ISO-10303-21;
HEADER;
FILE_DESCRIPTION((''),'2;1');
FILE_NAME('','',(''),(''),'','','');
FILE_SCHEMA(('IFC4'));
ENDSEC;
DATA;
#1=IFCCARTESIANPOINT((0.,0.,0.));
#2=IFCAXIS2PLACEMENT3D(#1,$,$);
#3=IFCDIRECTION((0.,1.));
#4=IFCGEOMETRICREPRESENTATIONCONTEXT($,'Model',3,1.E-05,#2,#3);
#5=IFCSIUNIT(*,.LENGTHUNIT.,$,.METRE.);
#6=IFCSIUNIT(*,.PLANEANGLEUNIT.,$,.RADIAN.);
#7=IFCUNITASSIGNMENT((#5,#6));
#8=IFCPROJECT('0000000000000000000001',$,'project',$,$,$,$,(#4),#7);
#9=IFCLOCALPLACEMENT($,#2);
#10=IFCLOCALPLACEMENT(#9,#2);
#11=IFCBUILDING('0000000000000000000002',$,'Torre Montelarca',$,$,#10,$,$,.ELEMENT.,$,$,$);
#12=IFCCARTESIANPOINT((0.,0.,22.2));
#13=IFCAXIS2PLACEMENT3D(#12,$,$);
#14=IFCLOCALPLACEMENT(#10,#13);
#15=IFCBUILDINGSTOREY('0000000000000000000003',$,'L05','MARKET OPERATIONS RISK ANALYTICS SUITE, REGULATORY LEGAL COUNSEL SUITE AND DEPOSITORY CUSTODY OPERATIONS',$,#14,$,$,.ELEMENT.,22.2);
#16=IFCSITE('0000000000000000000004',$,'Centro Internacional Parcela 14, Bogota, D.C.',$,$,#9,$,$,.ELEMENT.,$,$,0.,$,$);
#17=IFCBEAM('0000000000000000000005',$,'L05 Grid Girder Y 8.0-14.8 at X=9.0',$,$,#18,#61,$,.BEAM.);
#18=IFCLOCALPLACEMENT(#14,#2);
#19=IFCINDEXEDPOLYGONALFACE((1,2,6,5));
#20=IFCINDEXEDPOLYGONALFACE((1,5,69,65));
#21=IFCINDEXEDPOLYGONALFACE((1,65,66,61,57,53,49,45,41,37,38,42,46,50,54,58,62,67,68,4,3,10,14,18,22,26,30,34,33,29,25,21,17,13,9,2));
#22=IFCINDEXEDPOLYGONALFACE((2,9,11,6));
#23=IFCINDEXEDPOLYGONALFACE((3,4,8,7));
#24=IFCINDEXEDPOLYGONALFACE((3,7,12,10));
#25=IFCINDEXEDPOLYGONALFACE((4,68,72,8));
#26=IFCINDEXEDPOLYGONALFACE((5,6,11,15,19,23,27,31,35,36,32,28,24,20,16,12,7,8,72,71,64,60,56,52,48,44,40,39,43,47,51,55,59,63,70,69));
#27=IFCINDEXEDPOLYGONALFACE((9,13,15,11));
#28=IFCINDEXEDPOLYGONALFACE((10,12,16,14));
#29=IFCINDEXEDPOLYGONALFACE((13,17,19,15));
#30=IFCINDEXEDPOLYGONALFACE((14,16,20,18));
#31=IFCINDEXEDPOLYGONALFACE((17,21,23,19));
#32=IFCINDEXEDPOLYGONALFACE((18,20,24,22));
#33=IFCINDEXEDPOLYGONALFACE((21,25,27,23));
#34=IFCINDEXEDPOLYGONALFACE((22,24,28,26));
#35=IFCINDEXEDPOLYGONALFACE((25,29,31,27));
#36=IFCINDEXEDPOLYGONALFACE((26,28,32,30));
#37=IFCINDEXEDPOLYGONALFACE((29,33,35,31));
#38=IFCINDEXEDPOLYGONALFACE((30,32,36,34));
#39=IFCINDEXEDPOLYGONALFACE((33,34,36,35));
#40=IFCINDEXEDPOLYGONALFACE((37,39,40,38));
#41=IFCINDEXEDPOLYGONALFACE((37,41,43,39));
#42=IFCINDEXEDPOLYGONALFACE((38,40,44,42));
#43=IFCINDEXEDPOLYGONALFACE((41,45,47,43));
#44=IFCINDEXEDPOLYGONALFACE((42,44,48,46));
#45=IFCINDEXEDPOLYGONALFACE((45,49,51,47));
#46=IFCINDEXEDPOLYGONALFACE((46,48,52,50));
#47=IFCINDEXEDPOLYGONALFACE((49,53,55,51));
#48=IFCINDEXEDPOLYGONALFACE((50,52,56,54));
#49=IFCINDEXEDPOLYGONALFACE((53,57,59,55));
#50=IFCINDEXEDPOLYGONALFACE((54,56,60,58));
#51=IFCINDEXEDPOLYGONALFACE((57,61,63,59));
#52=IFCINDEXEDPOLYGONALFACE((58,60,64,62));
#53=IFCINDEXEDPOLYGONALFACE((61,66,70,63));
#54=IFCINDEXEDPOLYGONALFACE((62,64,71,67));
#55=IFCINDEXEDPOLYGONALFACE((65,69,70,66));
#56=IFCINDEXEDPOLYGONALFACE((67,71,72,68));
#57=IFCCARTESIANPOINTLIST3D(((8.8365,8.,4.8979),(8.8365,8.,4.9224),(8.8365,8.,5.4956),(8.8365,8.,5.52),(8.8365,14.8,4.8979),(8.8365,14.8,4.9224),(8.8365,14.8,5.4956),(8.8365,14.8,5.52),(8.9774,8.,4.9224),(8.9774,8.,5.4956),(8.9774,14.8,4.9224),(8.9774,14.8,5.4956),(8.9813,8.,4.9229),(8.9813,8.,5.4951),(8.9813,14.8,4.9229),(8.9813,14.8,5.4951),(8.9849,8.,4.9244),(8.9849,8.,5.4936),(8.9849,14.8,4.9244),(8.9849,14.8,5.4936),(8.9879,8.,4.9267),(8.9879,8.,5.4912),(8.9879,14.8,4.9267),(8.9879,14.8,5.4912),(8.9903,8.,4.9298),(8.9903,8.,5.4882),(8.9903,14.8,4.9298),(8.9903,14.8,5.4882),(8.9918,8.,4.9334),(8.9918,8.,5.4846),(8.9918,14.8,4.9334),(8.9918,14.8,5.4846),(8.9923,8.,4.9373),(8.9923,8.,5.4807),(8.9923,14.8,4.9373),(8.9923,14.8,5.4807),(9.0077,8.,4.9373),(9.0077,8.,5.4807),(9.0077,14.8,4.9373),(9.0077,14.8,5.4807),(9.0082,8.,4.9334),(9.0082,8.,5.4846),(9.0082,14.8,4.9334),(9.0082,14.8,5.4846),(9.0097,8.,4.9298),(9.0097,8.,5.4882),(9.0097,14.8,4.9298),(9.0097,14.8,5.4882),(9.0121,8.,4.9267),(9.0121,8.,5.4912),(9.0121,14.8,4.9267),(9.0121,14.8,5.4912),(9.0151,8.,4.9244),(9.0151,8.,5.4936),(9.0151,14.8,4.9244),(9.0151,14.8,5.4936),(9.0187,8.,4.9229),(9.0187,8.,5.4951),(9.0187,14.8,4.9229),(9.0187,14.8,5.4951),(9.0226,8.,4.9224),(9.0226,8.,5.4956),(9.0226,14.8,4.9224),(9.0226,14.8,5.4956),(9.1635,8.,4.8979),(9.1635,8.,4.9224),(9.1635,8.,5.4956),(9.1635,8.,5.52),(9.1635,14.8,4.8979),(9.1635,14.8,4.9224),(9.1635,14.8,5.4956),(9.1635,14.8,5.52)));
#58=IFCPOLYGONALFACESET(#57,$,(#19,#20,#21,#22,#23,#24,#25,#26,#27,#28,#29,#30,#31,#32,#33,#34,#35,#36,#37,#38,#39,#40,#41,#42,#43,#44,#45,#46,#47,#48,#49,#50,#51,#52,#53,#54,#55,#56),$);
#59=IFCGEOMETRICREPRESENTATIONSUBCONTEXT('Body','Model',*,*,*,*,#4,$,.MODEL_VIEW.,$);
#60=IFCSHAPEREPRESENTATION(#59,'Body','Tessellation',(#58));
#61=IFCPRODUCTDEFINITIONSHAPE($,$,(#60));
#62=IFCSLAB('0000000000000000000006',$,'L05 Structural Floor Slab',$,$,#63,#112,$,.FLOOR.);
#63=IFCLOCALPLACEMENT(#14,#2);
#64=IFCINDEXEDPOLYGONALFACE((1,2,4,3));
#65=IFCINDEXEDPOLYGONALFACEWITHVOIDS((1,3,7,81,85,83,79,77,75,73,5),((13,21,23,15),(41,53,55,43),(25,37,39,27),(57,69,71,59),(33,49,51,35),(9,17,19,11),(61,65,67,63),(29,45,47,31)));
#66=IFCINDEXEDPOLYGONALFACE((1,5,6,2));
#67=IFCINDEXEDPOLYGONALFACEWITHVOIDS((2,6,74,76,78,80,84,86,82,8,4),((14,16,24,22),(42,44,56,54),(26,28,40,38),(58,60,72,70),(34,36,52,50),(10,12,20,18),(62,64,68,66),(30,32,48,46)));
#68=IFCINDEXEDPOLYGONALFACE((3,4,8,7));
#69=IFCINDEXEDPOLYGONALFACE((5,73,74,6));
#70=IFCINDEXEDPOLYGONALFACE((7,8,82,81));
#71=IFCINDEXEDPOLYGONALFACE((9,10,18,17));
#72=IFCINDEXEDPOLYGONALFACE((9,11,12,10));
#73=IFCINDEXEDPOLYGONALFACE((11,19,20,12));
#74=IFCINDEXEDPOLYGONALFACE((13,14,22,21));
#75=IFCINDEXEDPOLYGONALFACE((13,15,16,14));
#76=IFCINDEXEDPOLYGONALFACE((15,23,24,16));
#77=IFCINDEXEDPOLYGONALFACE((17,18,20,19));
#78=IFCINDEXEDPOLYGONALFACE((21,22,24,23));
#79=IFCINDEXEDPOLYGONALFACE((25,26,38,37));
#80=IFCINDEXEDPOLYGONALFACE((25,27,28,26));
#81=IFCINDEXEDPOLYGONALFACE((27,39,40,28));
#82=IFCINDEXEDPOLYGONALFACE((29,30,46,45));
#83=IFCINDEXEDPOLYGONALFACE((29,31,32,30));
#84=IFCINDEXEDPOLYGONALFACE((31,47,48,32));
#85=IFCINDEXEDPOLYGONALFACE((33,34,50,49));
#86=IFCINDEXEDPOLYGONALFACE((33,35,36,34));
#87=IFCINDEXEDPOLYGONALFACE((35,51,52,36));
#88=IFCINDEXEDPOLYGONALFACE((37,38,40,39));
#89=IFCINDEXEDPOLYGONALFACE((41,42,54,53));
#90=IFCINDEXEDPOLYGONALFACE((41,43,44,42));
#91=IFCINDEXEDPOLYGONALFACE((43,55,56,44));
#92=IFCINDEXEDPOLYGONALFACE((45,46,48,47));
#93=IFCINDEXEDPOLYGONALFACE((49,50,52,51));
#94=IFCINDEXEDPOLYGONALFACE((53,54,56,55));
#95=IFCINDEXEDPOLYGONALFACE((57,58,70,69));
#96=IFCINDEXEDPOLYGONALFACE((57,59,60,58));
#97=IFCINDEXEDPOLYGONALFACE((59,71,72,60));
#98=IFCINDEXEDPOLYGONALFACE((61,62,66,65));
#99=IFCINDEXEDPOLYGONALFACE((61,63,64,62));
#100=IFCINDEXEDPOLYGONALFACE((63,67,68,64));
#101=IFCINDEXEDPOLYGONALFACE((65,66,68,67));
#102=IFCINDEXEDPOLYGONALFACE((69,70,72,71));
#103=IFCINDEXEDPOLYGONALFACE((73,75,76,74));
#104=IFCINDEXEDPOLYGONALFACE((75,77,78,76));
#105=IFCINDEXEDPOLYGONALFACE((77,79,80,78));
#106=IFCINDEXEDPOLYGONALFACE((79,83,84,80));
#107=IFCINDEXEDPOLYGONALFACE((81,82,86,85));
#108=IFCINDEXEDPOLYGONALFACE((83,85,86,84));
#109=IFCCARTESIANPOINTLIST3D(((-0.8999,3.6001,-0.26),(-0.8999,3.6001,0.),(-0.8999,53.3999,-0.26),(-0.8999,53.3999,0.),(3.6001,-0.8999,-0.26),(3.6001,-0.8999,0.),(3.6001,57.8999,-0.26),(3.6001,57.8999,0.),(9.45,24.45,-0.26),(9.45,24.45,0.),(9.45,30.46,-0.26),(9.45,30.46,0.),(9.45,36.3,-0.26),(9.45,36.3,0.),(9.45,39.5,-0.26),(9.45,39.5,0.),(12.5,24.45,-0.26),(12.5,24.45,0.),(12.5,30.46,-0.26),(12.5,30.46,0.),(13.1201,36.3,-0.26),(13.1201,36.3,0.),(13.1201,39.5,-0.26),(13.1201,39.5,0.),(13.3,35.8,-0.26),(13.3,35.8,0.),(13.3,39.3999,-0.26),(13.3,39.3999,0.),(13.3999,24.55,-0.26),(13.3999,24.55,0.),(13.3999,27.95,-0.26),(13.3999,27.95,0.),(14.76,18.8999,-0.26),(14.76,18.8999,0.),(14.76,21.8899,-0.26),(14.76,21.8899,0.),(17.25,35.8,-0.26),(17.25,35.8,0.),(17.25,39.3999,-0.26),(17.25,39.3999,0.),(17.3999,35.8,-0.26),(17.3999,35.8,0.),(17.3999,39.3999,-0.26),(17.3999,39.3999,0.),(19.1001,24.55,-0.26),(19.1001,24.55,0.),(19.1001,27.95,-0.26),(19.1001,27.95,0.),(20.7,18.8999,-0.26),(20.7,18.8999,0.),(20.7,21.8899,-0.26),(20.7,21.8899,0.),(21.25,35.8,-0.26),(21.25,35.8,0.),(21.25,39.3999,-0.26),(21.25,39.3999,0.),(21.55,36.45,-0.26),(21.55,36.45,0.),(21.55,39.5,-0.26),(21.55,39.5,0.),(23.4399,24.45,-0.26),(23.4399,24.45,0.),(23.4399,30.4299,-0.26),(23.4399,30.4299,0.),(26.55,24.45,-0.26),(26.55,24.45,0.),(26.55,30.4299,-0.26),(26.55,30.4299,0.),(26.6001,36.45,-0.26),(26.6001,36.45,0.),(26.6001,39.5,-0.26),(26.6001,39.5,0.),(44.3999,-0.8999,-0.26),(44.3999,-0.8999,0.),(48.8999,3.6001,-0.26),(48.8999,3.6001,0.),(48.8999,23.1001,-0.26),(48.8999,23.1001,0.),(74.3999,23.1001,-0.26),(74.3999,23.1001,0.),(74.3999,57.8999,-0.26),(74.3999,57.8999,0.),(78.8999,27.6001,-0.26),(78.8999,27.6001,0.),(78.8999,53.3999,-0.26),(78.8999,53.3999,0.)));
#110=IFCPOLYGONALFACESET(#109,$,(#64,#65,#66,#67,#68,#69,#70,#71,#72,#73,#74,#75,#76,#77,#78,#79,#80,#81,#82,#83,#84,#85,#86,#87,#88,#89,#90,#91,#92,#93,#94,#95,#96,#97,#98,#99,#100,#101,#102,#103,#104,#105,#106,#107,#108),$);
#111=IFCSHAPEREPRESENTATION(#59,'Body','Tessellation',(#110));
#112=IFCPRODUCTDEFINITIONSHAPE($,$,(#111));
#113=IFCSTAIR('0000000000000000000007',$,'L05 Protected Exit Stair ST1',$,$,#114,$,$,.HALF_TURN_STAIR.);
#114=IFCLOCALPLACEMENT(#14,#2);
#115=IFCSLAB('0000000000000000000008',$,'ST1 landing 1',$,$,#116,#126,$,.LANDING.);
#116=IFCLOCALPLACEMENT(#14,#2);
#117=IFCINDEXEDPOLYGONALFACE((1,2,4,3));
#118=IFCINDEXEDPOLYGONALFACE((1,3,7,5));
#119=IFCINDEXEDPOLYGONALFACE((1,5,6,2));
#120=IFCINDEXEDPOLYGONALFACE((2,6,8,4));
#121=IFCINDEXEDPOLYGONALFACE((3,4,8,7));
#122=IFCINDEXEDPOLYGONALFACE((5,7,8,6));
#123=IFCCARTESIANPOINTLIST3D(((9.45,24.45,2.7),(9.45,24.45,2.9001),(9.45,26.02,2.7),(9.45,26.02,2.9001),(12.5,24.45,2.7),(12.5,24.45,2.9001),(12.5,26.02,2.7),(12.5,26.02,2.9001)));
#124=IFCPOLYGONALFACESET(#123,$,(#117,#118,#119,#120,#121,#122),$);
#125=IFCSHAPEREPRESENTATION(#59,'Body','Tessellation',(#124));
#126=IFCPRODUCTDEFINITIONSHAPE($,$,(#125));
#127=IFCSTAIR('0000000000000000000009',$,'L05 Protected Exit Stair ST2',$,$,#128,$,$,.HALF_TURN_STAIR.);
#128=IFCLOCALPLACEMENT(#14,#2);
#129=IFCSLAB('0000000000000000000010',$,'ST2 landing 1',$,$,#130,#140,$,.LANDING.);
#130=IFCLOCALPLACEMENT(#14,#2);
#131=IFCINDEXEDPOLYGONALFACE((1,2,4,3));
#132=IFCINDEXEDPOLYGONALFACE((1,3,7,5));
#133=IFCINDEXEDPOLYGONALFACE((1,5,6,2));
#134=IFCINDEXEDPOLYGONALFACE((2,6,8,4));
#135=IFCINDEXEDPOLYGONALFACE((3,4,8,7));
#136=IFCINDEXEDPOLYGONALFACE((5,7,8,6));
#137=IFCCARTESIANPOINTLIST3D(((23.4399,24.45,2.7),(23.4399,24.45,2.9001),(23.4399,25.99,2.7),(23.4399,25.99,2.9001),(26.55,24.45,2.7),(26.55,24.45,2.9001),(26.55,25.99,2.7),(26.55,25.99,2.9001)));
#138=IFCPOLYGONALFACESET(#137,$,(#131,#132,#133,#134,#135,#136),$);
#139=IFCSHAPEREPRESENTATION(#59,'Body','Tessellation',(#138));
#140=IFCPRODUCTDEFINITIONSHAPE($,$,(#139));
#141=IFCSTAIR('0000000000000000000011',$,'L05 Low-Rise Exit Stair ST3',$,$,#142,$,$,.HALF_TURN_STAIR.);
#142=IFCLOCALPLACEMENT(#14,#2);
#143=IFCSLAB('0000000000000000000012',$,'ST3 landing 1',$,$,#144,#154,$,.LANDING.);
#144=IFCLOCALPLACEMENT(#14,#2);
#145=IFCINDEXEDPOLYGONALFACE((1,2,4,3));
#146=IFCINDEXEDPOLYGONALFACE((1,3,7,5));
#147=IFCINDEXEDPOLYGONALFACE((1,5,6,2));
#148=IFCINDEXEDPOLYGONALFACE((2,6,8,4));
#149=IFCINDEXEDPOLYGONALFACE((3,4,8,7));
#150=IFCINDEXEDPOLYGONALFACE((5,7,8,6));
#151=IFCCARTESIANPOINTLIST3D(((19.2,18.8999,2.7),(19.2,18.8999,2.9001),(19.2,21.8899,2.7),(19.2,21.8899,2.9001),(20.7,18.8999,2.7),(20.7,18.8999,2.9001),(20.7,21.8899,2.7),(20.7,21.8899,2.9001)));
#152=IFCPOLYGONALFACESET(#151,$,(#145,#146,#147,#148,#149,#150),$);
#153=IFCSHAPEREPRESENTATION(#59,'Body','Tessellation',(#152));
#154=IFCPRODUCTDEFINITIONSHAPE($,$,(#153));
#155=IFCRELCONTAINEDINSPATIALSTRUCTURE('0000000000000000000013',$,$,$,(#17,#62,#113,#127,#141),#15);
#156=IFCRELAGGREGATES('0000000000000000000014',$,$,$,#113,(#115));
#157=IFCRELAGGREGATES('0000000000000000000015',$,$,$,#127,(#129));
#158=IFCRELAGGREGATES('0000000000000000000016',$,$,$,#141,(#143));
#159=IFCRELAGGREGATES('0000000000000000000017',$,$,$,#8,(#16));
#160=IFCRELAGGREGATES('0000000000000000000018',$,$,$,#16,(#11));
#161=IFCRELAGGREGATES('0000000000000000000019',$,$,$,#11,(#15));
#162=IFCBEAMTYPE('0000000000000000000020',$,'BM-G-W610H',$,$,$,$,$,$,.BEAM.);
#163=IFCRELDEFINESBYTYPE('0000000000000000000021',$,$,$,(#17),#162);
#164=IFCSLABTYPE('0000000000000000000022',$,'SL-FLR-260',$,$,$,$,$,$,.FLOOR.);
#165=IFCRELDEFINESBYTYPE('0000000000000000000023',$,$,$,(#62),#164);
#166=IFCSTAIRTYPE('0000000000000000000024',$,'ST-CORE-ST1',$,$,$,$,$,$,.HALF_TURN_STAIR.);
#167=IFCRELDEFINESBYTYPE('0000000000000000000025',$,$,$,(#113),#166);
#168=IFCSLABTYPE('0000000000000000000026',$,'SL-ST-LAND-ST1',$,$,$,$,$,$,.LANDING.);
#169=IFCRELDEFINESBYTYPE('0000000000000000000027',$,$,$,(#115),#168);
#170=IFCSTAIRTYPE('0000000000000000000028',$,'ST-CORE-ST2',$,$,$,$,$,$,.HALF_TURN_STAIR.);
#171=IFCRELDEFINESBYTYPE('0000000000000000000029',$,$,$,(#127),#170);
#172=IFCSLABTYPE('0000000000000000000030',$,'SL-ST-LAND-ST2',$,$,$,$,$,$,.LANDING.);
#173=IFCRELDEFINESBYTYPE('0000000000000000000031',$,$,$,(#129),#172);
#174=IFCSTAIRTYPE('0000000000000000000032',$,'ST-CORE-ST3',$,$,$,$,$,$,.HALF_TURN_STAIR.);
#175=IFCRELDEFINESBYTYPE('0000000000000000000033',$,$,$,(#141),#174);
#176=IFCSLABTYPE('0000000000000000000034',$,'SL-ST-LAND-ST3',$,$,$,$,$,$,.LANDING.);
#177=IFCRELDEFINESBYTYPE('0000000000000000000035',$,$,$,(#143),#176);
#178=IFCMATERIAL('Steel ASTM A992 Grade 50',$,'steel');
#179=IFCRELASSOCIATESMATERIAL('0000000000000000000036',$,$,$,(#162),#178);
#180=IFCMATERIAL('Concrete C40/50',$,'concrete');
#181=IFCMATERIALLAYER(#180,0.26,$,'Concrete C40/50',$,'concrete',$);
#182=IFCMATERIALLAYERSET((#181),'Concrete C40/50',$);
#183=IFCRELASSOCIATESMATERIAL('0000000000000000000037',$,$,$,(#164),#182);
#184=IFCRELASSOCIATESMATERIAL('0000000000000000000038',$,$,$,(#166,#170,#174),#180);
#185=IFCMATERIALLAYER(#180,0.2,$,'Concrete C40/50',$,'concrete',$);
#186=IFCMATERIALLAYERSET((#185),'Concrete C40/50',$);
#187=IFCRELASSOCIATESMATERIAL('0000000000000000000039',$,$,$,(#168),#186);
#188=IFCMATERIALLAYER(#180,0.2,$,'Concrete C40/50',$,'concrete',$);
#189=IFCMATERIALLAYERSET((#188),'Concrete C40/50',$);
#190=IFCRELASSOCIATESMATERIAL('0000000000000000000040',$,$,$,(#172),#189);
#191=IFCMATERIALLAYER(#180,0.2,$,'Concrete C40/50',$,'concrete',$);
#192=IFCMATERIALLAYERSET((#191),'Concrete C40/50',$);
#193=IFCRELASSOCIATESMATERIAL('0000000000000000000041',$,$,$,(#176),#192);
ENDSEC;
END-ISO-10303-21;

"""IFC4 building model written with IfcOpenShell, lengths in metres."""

from ifc_helpers import new_model, si_unit, direction, frame, origin, origin_2d, place, context, subcontext, project, spatial, polyline, i_section, outline, extrude, source, transform, mapped, material, layer, layer_set, material_profile, profile_set, type_object, element, aggregate, save


model = new_model("IFC4")

# Units and contexts
model_context = context("Model", 3, precision=1e-05, world=origin(), true_north=direction((0.0, 1.0)))
body_context = subcontext(model_context, "Body", "Model", "MODEL_VIEW")
ifc_project = project(units=[si_unit("LENGTHUNIT", "METRE"), si_unit("PLANEANGLEUNIT", "RADIAN")], contexts=[model_context])

# Site, building, storey
site_placement = place(None, origin())
site = spatial("IfcSite", under=ifc_project, at=site_placement, Name="Centro Internacional Parcela 14, Bogota, D.C.", CompositionType="ELEMENT", RefElevation=0.0)
building_placement = place(site_placement, origin())
building = spatial("IfcBuilding", under=site, at=building_placement, Name="Torre Montelarca", CompositionType="ELEMENT")
storey_placement = place(building_placement, frame((0.0, 0.0, 22.2)))
storey = spatial("IfcBuildingStorey", under=building, at=storey_placement, Name="L05", Description="MARKET OPERATIONS RISK ANALYTICS SUITE, REGULATORY LEGAL COUNSEL SUITE AND DEPOSITORY CUSTODY OPERATIONS", CompositionType="ELEMENT", Elevation=22.2)

# Beam
ifc_material_1 = material(Name="Steel ASTM A992 Grade 50", Category="steel")
ifc_material_profile_1 = material_profile(ifc_material_1, i_section(OverallWidth=0.3269, OverallDepth=0.6221, WebThickness=0.0154, FlangeThickness=0.0244, FilletRadius=0.0149, at=origin_2d()), Name="W610X195", Category="steel")
ifc_profile_set_1 = profile_set([ifc_material_profile_1], Name="Steel ASTM A992 Grade 50")
beam_type_1 = type_object("IfcBeamType", Name="BM-G-W610H", PredefinedType="BEAM", material=ifc_profile_set_1)
shared_shape_1 = source(origin(), body_context, "Body", "SweptSolid", [
    extrude(i_section(OverallWidth=0.3269, OverallDepth=0.6221, WebThickness=0.0154, FlangeThickness=0.0244, FilletRadius=0.0149, at=origin_2d()), origin(), (0.0, 0.0, 1.0), 6.8),
])
beam_1_placement = place(storey_placement, frame((9.0, 8.0, 5.209), z_axis=(0.0, 1.0, 0.0), x_axis=(-1.0, 0.0, 0.0)))
element("IfcBeam", 1, at=beam_1_placement, inside=storey, type_object=beam_type_1, Name="L05 Grid Girder Y 8.0-14.8 at X=9.0", PredefinedType="BEAM", context=body_context, shape_type="MappedRepresentation", body=[
    mapped(shared_shape_1, transform((0.0, 0.0, 0.0), scale=1.0)),
])

# Slab
ifc_material_2 = material(Name="Concrete C40/50", Category="concrete")
ifc_layer_1 = layer(ifc_material_2, 0.26, Name="Concrete C40/50", Category="concrete")
ifc_layer_set_1 = layer_set([ifc_layer_1], Name="Concrete C40/50")
slab_type_1 = type_object("IfcSlabType", Name="SL-FLR-260", PredefinedType="FLOOR", material=ifc_layer_set_1)
slab_1_placement = place(storey_placement, frame((0.0, 0.0, -0.26)))
element("IfcSlab", 2, at=slab_1_placement, inside=storey, type_object=slab_type_1, Name="L05 Structural Floor Slab", PredefinedType="FLOOR", context=body_context, shape_type="SweptSolid", body=[
    extrude(outline(polyline([(44.3999, -0.8999), (48.8999, 3.6001), (48.8999, 23.1001), (74.3999, 23.1001), (78.8999, 27.6001), (78.8999, 53.3999), (74.3999, 57.8999), (3.6001, 57.8999), (-0.8999, 53.3999), (-0.8999, 3.6001), (3.6001, -0.8999), (44.3999, -0.8999)]), holes=[polyline([(20.7, 18.8999), (14.76, 18.8999), (14.76, 21.8899), (20.7, 21.8899), (20.7, 18.8999)]), polyline([(19.1001, 24.55), (13.3999, 24.55), (13.3999, 27.95), (19.1001, 27.95), (19.1001, 24.55)]), polyline([(23.4399, 24.45), (23.4399, 30.4299), (26.55, 30.4299), (26.55, 24.45), (23.4399, 24.45)]), polyline([(9.45, 24.45), (9.45, 30.46), (12.5, 30.46), (12.5, 24.45), (9.45, 24.45)]), polyline([(17.25, 35.8), (13.3, 35.8), (13.3, 39.3999), (17.25, 39.3999), (17.25, 35.8)]), polyline([(21.25, 35.8), (17.3999, 35.8), (17.3999, 39.3999), (21.25, 39.3999), (21.25, 35.8)]), polyline([(13.1201, 36.3), (9.45, 36.3), (9.45, 39.5), (13.1201, 39.5), (13.1201, 36.3)]), polyline([(26.6001, 36.45), (21.55, 36.45), (21.55, 39.5), (26.6001, 39.5), (26.6001, 36.45)])]), origin(), (0.0, 0.0, 1.0), 0.26),
])

# Stairs, slabs
stair_type_1 = type_object("IfcStairType", Name="ST-CORE-ST1", PredefinedType="HALF_TURN_STAIR", material=ifc_material_2)
stair_1_placement = place(storey_placement, origin())
stair_1 = element("IfcStair", 3, at=stair_1_placement, inside=storey, type_object=stair_type_1, Name="L05 Protected Exit Stair ST1", PredefinedType="HALF_TURN_STAIR")
ifc_layer_2 = layer(ifc_material_2, 0.2, Name="Concrete C40/50", Category="concrete")
ifc_layer_set_2 = layer_set([ifc_layer_2], Name="Concrete C40/50")
slab_type_2 = type_object("IfcSlabType", Name="SL-ST-LAND-ST1", PredefinedType="LANDING", material=ifc_layer_set_2)
slab_2_placement = place(storey_placement, frame((0.0, 0.0, 2.7)))
slab_2 = element("IfcSlab", 4, at=slab_2_placement, type_object=slab_type_2, Name="ST1 landing 1", PredefinedType="LANDING", context=body_context, shape_type="SweptSolid", body=[
    extrude(outline(polyline([(9.45, 26.02), (9.45, 24.45), (12.5, 24.45), (12.5, 26.02), (9.45, 26.02)])), origin(), (0.0, 0.0, 1.0), 0.2002),
])
aggregate(stair_1, [slab_2])
stair_type_2 = type_object("IfcStairType", Name="ST-CORE-ST2", PredefinedType="HALF_TURN_STAIR", material=ifc_material_2)
stair_2_placement = place(storey_placement, origin())
stair_2 = element("IfcStair", 5, at=stair_2_placement, inside=storey, type_object=stair_type_2, Name="L05 Protected Exit Stair ST2", PredefinedType="HALF_TURN_STAIR")
ifc_layer_3 = layer(ifc_material_2, 0.2, Name="Concrete C40/50", Category="concrete")
ifc_layer_set_3 = layer_set([ifc_layer_3], Name="Concrete C40/50")
slab_type_3 = type_object("IfcSlabType", Name="SL-ST-LAND-ST2", PredefinedType="LANDING", material=ifc_layer_set_3)
slab_3_placement = place(storey_placement, frame((0.0, 0.0, 2.7)))
slab_3 = element("IfcSlab", 6, at=slab_3_placement, type_object=slab_type_3, Name="ST2 landing 1", PredefinedType="LANDING", context=body_context, shape_type="SweptSolid", body=[
    extrude(outline(polyline([(23.4399, 25.99), (23.4399, 24.45), (26.55, 24.45), (26.55, 25.99), (23.4399, 25.99)])), origin(), (0.0, 0.0, 1.0), 0.2002),
])
aggregate(stair_2, [slab_3])
stair_type_3 = type_object("IfcStairType", Name="ST-CORE-ST3", PredefinedType="HALF_TURN_STAIR", material=ifc_material_2)
stair_3_placement = place(storey_placement, origin())
stair_3 = element("IfcStair", 7, at=stair_3_placement, inside=storey, type_object=stair_type_3, Name="L05 Low-Rise Exit Stair ST3", PredefinedType="HALF_TURN_STAIR")
ifc_layer_4 = layer(ifc_material_2, 0.2, Name="Concrete C40/50", Category="concrete")
ifc_layer_set_4 = layer_set([ifc_layer_4], Name="Concrete C40/50")
slab_type_4 = type_object("IfcSlabType", Name="SL-ST-LAND-ST3", PredefinedType="LANDING", material=ifc_layer_set_4)
slab_4_placement = place(storey_placement, frame((0.0, 0.0, 2.7)))
slab_4 = element("IfcSlab", 8, at=slab_4_placement, type_object=slab_type_4, Name="ST3 landing 1", PredefinedType="LANDING", context=body_context, shape_type="SweptSolid", body=[
    extrude(outline(polyline([(19.2, 18.8999), (20.7, 18.8999), (20.7, 21.8899), (19.2, 21.8899), (19.2, 18.8999)])), origin(), (0.0, 0.0, 1.0), 0.2002),
])
aggregate(stair_3, [slab_4])

save(model, "model.ifc")
